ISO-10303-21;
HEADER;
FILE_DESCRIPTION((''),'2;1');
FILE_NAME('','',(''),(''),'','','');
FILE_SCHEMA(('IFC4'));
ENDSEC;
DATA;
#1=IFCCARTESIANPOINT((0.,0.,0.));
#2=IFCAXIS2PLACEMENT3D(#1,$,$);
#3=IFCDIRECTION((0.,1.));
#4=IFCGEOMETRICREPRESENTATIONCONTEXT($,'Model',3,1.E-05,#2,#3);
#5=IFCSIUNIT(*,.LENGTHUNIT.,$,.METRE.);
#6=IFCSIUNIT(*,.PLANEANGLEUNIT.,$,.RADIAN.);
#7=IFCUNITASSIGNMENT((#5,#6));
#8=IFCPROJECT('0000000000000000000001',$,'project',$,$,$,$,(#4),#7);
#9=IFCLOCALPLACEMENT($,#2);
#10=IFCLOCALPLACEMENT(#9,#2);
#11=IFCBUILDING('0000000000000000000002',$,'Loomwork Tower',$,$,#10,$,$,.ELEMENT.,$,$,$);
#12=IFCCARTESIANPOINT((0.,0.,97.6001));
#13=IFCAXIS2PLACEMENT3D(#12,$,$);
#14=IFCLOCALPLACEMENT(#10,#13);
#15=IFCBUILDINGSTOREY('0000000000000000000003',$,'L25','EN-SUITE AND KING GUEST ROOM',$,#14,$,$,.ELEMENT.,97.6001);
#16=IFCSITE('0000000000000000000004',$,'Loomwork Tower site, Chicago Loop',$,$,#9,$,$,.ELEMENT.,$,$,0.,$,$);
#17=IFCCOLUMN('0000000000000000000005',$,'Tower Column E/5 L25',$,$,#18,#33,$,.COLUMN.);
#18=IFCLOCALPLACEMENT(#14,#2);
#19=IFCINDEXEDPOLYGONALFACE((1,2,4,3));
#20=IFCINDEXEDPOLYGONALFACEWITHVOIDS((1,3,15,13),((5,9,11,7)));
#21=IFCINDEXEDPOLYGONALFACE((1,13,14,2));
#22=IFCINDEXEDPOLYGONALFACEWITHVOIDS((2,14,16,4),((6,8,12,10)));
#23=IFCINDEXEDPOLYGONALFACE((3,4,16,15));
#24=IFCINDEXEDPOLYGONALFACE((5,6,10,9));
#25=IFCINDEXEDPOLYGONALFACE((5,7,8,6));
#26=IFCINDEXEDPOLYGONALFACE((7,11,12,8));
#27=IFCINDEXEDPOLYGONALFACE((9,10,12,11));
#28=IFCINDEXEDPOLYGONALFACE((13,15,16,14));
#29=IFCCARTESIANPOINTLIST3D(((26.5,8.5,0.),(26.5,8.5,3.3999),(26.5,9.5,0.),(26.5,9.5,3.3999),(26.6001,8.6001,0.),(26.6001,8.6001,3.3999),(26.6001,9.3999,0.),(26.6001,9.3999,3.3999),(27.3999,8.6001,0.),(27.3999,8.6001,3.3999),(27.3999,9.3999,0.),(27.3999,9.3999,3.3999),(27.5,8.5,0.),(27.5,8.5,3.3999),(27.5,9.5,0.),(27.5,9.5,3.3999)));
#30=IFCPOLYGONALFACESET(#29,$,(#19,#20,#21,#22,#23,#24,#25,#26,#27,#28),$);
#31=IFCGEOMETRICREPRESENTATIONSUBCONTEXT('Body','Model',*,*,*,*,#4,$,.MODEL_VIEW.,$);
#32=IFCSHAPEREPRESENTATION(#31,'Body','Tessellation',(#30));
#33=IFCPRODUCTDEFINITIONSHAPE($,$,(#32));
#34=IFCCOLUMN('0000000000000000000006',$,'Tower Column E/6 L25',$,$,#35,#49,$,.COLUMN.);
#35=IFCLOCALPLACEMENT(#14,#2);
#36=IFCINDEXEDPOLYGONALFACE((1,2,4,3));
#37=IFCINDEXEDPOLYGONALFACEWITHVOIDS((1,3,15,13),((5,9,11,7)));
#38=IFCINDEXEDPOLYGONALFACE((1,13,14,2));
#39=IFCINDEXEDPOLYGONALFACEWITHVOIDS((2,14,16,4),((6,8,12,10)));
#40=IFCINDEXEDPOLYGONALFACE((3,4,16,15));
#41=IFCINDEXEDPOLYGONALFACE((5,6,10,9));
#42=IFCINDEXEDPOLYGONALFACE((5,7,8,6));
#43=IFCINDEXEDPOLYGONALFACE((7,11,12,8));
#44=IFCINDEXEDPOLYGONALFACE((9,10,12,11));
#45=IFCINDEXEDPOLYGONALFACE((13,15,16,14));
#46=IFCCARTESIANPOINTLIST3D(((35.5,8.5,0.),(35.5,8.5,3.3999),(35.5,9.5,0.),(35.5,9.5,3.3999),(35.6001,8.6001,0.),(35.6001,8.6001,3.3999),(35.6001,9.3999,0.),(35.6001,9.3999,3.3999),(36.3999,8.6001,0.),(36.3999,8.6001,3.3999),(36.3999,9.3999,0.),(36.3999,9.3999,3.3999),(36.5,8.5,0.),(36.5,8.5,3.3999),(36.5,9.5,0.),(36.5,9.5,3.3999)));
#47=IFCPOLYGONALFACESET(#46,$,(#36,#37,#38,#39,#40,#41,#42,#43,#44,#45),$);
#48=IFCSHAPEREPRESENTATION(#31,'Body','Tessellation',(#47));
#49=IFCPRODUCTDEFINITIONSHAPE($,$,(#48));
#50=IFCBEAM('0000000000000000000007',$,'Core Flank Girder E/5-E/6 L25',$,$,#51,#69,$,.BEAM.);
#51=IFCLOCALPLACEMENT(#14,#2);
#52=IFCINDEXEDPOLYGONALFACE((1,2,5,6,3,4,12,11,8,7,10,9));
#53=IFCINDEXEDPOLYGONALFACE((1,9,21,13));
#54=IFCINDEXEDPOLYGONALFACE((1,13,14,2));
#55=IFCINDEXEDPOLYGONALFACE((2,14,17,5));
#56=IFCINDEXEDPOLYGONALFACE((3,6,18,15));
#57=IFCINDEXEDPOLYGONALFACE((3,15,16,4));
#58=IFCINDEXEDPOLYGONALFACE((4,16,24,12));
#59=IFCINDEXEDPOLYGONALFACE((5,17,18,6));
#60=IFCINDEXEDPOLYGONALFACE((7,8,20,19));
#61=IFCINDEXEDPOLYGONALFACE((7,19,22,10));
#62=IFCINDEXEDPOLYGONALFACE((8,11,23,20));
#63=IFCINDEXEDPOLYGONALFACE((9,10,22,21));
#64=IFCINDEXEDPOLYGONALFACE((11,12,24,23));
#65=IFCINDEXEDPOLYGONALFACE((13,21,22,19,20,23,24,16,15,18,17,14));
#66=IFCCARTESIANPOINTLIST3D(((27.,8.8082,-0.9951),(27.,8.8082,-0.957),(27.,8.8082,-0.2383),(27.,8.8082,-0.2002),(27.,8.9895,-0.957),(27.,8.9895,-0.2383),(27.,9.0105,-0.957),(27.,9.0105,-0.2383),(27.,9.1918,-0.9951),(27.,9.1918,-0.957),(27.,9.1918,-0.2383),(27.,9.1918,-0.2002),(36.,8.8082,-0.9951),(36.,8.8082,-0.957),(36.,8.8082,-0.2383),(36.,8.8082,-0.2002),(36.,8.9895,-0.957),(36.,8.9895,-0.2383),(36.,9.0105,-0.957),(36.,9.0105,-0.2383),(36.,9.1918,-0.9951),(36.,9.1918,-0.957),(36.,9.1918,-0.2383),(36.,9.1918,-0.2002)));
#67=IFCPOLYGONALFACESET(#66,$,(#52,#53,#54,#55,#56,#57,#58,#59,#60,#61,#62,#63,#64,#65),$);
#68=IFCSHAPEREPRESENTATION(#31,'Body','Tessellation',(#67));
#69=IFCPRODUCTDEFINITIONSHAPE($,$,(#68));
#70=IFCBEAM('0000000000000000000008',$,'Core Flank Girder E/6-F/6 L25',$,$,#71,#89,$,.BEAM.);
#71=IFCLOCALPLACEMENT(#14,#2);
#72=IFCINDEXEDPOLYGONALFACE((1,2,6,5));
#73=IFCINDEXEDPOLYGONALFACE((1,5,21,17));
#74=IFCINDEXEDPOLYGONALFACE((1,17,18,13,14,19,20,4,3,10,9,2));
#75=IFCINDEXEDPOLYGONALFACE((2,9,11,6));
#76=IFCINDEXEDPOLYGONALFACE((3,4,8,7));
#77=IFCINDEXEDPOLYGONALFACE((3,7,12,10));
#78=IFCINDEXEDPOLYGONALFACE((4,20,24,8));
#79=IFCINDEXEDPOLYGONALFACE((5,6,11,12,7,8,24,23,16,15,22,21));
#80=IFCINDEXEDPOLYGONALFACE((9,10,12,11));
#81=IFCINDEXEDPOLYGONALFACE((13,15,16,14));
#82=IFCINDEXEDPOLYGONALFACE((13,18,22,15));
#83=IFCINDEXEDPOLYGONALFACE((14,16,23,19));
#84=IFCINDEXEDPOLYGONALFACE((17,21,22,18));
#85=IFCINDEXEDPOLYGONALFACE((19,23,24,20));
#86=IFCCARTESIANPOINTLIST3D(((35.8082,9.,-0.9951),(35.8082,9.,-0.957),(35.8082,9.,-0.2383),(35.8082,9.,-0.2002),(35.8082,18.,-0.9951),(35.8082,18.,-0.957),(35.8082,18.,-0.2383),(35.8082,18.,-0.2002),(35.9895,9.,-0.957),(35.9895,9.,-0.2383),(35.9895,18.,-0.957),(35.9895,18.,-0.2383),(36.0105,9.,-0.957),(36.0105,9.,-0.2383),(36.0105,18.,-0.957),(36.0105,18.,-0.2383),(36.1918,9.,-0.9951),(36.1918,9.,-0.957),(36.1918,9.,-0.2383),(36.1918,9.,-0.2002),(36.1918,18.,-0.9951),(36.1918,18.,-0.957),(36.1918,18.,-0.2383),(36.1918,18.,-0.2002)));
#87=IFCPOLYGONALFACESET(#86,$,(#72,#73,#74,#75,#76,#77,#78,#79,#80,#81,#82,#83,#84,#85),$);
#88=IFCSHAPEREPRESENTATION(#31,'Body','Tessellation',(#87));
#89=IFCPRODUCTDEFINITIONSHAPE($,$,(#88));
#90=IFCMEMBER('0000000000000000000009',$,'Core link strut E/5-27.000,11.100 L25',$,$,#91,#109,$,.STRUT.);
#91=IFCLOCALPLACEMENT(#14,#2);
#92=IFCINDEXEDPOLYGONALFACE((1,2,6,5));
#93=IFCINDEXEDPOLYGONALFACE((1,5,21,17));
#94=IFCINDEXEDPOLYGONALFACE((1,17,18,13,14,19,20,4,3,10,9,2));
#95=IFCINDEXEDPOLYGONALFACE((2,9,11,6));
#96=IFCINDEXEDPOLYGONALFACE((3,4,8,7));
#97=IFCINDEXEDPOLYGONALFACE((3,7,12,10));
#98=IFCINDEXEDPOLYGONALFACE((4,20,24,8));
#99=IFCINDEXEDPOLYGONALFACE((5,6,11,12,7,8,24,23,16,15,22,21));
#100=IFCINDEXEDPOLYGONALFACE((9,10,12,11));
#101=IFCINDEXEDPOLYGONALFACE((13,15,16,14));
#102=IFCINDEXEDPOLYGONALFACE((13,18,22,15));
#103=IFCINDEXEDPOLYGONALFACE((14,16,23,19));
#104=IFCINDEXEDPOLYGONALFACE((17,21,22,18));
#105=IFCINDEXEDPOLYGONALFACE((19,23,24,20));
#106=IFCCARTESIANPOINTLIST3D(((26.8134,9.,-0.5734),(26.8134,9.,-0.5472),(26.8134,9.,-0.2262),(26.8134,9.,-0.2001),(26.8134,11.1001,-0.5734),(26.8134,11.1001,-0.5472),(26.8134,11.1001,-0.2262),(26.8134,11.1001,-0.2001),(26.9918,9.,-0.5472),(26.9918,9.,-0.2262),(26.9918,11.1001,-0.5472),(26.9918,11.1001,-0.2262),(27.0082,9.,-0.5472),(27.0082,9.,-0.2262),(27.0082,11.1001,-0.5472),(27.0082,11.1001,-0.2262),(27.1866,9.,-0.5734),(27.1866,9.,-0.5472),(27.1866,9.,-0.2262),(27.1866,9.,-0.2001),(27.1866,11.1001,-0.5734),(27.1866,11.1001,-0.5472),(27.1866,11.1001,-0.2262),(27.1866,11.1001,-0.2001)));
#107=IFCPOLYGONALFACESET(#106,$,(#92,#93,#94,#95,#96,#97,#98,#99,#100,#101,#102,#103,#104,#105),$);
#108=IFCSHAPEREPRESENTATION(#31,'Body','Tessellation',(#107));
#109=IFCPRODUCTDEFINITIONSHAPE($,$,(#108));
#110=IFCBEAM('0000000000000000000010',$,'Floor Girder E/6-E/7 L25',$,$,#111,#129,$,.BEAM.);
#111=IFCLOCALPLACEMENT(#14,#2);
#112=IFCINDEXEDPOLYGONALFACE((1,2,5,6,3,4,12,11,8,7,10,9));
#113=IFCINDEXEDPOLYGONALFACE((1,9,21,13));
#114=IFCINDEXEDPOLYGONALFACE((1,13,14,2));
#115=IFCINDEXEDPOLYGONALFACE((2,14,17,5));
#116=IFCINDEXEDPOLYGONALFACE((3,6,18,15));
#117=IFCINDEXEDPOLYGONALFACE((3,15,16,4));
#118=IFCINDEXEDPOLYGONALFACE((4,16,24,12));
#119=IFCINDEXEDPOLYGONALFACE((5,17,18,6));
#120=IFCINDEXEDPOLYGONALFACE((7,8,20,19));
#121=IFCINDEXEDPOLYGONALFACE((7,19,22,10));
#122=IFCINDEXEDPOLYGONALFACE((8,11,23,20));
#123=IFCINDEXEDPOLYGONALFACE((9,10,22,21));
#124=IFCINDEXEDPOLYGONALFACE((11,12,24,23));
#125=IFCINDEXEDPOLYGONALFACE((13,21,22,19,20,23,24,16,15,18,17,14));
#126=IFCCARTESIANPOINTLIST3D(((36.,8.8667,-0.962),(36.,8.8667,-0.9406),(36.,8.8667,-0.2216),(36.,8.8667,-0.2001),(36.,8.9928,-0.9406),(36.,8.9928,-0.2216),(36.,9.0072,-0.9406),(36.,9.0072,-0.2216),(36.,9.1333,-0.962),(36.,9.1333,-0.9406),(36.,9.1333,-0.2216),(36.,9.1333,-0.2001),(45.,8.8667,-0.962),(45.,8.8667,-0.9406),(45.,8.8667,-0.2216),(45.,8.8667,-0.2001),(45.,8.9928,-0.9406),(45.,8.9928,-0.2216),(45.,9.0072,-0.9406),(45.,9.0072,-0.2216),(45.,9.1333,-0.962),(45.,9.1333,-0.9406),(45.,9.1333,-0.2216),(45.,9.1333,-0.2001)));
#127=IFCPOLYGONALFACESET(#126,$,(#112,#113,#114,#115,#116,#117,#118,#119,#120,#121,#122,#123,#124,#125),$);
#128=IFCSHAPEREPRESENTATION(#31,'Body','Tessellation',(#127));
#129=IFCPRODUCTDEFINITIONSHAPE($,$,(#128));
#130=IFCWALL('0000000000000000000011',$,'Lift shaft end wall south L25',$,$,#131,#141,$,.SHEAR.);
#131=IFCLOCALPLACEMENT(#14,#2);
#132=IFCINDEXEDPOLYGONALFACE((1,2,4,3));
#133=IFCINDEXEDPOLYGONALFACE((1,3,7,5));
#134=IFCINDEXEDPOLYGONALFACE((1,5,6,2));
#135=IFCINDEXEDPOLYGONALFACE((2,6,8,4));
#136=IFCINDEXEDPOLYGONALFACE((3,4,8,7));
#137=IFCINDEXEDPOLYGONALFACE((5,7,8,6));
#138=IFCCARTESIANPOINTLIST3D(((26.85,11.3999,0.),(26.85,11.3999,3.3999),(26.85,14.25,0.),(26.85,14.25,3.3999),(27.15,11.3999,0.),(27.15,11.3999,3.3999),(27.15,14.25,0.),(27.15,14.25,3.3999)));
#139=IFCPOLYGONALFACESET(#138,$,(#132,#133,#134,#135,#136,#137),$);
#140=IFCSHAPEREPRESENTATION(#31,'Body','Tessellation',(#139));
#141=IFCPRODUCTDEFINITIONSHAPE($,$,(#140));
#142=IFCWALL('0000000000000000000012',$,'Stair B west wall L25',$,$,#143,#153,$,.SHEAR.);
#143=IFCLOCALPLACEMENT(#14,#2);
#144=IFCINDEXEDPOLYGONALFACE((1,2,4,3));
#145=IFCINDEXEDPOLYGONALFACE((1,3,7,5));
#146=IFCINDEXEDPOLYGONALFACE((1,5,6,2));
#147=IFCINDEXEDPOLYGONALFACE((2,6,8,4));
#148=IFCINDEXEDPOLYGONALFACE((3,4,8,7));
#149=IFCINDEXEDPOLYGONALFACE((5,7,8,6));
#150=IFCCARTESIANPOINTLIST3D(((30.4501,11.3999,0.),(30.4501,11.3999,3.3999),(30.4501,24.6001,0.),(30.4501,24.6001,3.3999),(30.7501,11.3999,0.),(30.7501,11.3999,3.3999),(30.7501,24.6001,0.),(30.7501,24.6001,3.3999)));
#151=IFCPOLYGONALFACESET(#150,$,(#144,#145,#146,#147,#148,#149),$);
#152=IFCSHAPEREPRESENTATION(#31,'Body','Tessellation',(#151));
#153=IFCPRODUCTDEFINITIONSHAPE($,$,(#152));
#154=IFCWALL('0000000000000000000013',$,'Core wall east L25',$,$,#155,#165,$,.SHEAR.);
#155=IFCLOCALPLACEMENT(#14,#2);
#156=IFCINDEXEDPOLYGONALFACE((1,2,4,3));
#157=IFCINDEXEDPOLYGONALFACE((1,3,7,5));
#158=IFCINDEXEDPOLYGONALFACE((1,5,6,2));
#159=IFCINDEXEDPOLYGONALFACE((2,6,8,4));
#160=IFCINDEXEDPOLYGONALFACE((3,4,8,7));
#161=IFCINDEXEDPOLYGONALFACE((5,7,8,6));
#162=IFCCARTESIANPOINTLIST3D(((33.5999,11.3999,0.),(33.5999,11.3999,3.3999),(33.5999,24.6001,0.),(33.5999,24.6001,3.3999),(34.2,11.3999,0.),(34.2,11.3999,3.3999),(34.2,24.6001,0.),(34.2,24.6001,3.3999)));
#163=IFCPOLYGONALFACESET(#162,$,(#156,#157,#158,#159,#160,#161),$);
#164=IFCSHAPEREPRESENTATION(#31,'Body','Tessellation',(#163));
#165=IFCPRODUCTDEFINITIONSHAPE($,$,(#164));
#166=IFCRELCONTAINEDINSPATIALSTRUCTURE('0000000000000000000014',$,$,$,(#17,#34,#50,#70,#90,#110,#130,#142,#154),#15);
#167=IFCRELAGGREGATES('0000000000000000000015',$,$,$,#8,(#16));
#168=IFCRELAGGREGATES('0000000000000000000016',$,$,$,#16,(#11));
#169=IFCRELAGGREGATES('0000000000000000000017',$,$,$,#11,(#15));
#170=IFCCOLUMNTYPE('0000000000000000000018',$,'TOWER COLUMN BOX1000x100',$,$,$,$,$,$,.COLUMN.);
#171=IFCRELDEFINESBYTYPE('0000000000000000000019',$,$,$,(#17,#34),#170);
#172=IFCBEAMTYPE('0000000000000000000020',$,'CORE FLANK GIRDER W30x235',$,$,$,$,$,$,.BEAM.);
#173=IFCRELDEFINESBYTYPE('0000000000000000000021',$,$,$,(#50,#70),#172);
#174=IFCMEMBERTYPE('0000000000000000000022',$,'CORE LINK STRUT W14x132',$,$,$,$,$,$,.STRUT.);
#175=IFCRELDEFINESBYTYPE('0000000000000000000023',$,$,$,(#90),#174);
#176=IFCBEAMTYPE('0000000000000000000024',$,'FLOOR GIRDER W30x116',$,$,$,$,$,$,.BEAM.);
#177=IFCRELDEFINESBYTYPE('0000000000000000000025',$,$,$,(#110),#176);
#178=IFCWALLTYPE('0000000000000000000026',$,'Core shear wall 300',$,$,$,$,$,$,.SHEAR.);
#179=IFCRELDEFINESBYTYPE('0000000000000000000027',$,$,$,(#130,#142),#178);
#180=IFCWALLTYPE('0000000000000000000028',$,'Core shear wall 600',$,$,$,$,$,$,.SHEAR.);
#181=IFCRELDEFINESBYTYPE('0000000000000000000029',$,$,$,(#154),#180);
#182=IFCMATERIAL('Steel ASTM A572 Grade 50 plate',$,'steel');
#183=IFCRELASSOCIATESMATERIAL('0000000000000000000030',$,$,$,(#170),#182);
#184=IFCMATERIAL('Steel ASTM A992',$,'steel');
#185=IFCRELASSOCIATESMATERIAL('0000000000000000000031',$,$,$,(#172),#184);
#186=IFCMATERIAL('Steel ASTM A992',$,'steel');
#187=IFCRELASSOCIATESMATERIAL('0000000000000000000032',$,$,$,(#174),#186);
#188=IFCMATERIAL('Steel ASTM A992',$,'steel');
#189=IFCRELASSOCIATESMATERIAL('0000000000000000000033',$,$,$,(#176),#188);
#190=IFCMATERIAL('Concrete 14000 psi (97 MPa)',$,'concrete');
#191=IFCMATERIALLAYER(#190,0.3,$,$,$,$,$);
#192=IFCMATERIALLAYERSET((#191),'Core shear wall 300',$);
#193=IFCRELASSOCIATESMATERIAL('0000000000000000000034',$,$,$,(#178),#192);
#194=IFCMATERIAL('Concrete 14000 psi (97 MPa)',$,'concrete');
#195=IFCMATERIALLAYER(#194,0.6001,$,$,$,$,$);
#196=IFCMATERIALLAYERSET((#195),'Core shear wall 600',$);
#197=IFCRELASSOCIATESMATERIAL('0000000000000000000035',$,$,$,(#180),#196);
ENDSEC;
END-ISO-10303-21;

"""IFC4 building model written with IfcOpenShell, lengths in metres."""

from ifc_helpers import new_model, si_unit, direction, frame, frame_2d, origin, origin_2d, place, context, subcontext, project, spatial, rectangle, hollow_rectangle, i_section, extrude, material, layer, layer_set, material_profile, profile_set, type_object, element, save


model = new_model("IFC4")

# Units and contexts
model_context = context("Model", 3, precision=1e-05, world=origin(), true_north=direction((0.0, 1.0)))
body_context = subcontext(model_context, "Body", "Model", "MODEL_VIEW")
ifc_project = project(units=[si_unit("LENGTHUNIT", "METRE"), si_unit("PLANEANGLEUNIT", "RADIAN")], contexts=[model_context])

# Site, building, storey
site_placement = place(None, origin())
site = spatial("IfcSite", under=ifc_project, at=site_placement, Name="Loomwork Tower site, Chicago Loop", CompositionType="ELEMENT", RefElevation=0.0)
building_placement = place(site_placement, origin())
building = spatial("IfcBuilding", under=site, at=building_placement, Name="Loomwork Tower", CompositionType="ELEMENT")
storey_placement = place(building_placement, frame((0.0, 0.0, 97.6001)))
storey = spatial("IfcBuildingStorey", under=building, at=storey_placement, Name="L25", Description="EN-SUITE AND KING GUEST ROOM", CompositionType="ELEMENT", Elevation=97.6001)

# Columns
ifc_material_1 = material(Name="Steel ASTM A572 Grade 50 plate", Category="steel")
ifc_material_profile_1 = material_profile(ifc_material_1, hollow_rectangle(XDim=1.0, YDim=1.0, WallThickness=0.1001, at=origin_2d()), Name="BOX1000x100")
ifc_profile_set_1 = profile_set([ifc_material_profile_1], Name="Steel ASTM A572 Grade 50 plate")
column_type = type_object("IfcColumnType", Name="TOWER COLUMN BOX1000x100", PredefinedType="COLUMN", material=ifc_profile_set_1)
for number, where, z_axis, x_axis, name in (
    (1, (27.0, 9.0, 0.0), (0.0, 0.0, 1.0), (1.0, 0.0, 0.0), "Tower Column E/5 L25"),
    (2, (36.0, 9.0, 0.0), (0.0, 0.0, 1.0), (0.0, 1.0, 0.0), "Tower Column E/6 L25"),
):
    element("IfcColumn", number, at=place(storey_placement, frame(where, z_axis=z_axis, x_axis=x_axis)), inside=storey, type_object=column_type, Name=name, PredefinedType="COLUMN", context=body_context, shape_type="SweptSolid", body=[
        extrude(hollow_rectangle(XDim=1.0, YDim=1.0, WallThickness=0.1001, at=origin_2d()), origin(), (0.0, 0.0, 1.0), 3.3999),
    ])

# Beams
ifc_material_2 = material(Name="Steel ASTM A992", Category="steel")
ifc_material_profile_2 = material_profile(ifc_material_2, i_section(OverallWidth=0.3835, OverallDepth=0.7949, WebThickness=0.021, FlangeThickness=0.0381, at=origin_2d()), Name="W30x235")
ifc_profile_set_2 = profile_set([ifc_material_profile_2], Name="Steel ASTM A992")
beam_type_1 = type_object("IfcBeamType", Name="CORE FLANK GIRDER W30x235", PredefinedType="BEAM", material=ifc_profile_set_2)
for number, where, z_axis, x_axis, name in (
    (3, (27.0, 9.0, -0.5977), (1.0, 0.0, 0.0), (0.0, 1.0, 0.0), "Core Flank Girder E/5-E/6 L25"),
    (4, (36.0, 9.0, -0.5977), (0.0, 1.0, 0.0), (-1.0, 0.0, 0.0), "Core Flank Girder E/6-F/6 L25"),
):
    element("IfcBeam", number, at=place(storey_placement, frame(where, z_axis=z_axis, x_axis=x_axis)), inside=storey, type_object=beam_type_1, Name=name, PredefinedType="BEAM", context=body_context, shape_type="SweptSolid", body=[
        extrude(i_section(OverallWidth=0.3835, OverallDepth=0.7949, WebThickness=0.021, FlangeThickness=0.0381, at=origin_2d()), origin(), (0.0, 0.0, 1.0), 9.0),
    ])

# Member
ifc_material_3 = material(Name="Steel ASTM A992", Category="steel")
ifc_material_profile_3 = material_profile(ifc_material_3, i_section(OverallWidth=0.3733, OverallDepth=0.3733, WebThickness=0.0164, FlangeThickness=0.0261, at=origin_2d()), Name="W14x132")
ifc_profile_set_3 = profile_set([ifc_material_profile_3], Name="Steel ASTM A992")
member_type = type_object("IfcMemberType", Name="CORE LINK STRUT W14x132", PredefinedType="STRUT", material=ifc_profile_set_3)
member_placement = place(storey_placement, frame((27.0, 9.0, -0.3867), z_axis=(0.0, 1.0, 0.0), x_axis=(-1.0, 0.0, 0.0)))
element("IfcMember", 5, at=member_placement, inside=storey, type_object=member_type, Name="Core link strut E/5-27.000,11.100 L25", PredefinedType="STRUT", context=body_context, shape_type="SweptSolid", body=[
    extrude(i_section(OverallWidth=0.3733, OverallDepth=0.3733, WebThickness=0.0164, FlangeThickness=0.0261, at=origin_2d()), origin(), (0.0, 0.0, 1.0), 2.1001),
])

# Beam
ifc_material_4 = material(Name="Steel ASTM A992", Category="steel")
ifc_material_profile_4 = material_profile(ifc_material_4, i_section(OverallWidth=0.2666, OverallDepth=0.762, WebThickness=0.0144, FlangeThickness=0.0215, at=origin_2d()), Name="W30x116")
ifc_profile_set_4 = profile_set([ifc_material_profile_4], Name="Steel ASTM A992")
beam_type_2 = type_object("IfcBeamType", Name="FLOOR GIRDER W30x116", PredefinedType="BEAM", material=ifc_profile_set_4)
beam_placement = place(storey_placement, frame((36.0, 9.0, -0.5811), z_axis=(1.0, 0.0, 0.0), x_axis=(0.0, 1.0, 0.0)))
element("IfcBeam", 6, at=beam_placement, inside=storey, type_object=beam_type_2, Name="Floor Girder E/6-E/7 L25", PredefinedType="BEAM", context=body_context, shape_type="SweptSolid", body=[
    extrude(i_section(OverallWidth=0.2666, OverallDepth=0.762, WebThickness=0.0144, FlangeThickness=0.0215, at=origin_2d()), origin(), (0.0, 0.0, 1.0), 9.0),
])

# Walls
ifc_material_5 = material(Name="Concrete 14000 psi (97 MPa)", Category="concrete")
ifc_layer_1 = layer(ifc_material_5, 0.3)
ifc_layer_set_1 = layer_set([ifc_layer_1], Name="Core shear wall 300")
wall_type_1 = type_object("IfcWallType", Name="Core shear wall 300", PredefinedType="SHEAR", material=ifc_layer_set_1)
wall_1_placement = place(storey_placement, frame((27.0, 11.3999, 0.0), z_axis=(0.0, 0.0, 1.0), x_axis=(0.0, 1.0, 0.0)))
element("IfcWall", 7, at=wall_1_placement, inside=storey, type_object=wall_type_1, Name="Lift shaft end wall south L25", PredefinedType="SHEAR", context=body_context, shape_type="SweptSolid", body=[
    extrude(rectangle(XDim=2.8501, YDim=0.3, at=frame_2d((1.425, 0.0))), origin(), (0.0, 0.0, 1.0), 3.3999),
])
wall_2_placement = place(storey_placement, frame((30.6001, 11.3999, 0.0), z_axis=(0.0, 0.0, 1.0), x_axis=(0.0, 1.0, 0.0)))
element("IfcWall", 8, at=wall_2_placement, inside=storey, type_object=wall_type_1, Name="Stair B west wall L25", PredefinedType="SHEAR", context=body_context, shape_type="SweptSolid", body=[
    extrude(rectangle(XDim=13.2002, YDim=0.3, at=frame_2d((6.6001, 0.0))), origin(), (0.0, 0.0, 1.0), 3.3999),
])
ifc_material_6 = material(Name="Concrete 14000 psi (97 MPa)", Category="concrete")
ifc_layer_2 = layer(ifc_material_6, 0.6001)
ifc_layer_set_2 = layer_set([ifc_layer_2], Name="Core shear wall 600")
wall_type_2 = type_object("IfcWallType", Name="Core shear wall 600", PredefinedType="SHEAR", material=ifc_layer_set_2)
wall_3_placement = place(storey_placement, frame((33.8999, 11.3999, 0.0), z_axis=(0.0, 0.0, 1.0), x_axis=(0.0, 1.0, 0.0)))
element("IfcWall", 9, at=wall_3_placement, inside=storey, type_object=wall_type_2, Name="Core wall east L25", PredefinedType="SHEAR", context=body_context, shape_type="SweptSolid", body=[
    extrude(rectangle(XDim=13.2002, YDim=0.6001, at=frame_2d((6.6001, 0.0))), origin(), (0.0, 0.0, 1.0), 3.3999),
])

save(model, "model.ifc")
